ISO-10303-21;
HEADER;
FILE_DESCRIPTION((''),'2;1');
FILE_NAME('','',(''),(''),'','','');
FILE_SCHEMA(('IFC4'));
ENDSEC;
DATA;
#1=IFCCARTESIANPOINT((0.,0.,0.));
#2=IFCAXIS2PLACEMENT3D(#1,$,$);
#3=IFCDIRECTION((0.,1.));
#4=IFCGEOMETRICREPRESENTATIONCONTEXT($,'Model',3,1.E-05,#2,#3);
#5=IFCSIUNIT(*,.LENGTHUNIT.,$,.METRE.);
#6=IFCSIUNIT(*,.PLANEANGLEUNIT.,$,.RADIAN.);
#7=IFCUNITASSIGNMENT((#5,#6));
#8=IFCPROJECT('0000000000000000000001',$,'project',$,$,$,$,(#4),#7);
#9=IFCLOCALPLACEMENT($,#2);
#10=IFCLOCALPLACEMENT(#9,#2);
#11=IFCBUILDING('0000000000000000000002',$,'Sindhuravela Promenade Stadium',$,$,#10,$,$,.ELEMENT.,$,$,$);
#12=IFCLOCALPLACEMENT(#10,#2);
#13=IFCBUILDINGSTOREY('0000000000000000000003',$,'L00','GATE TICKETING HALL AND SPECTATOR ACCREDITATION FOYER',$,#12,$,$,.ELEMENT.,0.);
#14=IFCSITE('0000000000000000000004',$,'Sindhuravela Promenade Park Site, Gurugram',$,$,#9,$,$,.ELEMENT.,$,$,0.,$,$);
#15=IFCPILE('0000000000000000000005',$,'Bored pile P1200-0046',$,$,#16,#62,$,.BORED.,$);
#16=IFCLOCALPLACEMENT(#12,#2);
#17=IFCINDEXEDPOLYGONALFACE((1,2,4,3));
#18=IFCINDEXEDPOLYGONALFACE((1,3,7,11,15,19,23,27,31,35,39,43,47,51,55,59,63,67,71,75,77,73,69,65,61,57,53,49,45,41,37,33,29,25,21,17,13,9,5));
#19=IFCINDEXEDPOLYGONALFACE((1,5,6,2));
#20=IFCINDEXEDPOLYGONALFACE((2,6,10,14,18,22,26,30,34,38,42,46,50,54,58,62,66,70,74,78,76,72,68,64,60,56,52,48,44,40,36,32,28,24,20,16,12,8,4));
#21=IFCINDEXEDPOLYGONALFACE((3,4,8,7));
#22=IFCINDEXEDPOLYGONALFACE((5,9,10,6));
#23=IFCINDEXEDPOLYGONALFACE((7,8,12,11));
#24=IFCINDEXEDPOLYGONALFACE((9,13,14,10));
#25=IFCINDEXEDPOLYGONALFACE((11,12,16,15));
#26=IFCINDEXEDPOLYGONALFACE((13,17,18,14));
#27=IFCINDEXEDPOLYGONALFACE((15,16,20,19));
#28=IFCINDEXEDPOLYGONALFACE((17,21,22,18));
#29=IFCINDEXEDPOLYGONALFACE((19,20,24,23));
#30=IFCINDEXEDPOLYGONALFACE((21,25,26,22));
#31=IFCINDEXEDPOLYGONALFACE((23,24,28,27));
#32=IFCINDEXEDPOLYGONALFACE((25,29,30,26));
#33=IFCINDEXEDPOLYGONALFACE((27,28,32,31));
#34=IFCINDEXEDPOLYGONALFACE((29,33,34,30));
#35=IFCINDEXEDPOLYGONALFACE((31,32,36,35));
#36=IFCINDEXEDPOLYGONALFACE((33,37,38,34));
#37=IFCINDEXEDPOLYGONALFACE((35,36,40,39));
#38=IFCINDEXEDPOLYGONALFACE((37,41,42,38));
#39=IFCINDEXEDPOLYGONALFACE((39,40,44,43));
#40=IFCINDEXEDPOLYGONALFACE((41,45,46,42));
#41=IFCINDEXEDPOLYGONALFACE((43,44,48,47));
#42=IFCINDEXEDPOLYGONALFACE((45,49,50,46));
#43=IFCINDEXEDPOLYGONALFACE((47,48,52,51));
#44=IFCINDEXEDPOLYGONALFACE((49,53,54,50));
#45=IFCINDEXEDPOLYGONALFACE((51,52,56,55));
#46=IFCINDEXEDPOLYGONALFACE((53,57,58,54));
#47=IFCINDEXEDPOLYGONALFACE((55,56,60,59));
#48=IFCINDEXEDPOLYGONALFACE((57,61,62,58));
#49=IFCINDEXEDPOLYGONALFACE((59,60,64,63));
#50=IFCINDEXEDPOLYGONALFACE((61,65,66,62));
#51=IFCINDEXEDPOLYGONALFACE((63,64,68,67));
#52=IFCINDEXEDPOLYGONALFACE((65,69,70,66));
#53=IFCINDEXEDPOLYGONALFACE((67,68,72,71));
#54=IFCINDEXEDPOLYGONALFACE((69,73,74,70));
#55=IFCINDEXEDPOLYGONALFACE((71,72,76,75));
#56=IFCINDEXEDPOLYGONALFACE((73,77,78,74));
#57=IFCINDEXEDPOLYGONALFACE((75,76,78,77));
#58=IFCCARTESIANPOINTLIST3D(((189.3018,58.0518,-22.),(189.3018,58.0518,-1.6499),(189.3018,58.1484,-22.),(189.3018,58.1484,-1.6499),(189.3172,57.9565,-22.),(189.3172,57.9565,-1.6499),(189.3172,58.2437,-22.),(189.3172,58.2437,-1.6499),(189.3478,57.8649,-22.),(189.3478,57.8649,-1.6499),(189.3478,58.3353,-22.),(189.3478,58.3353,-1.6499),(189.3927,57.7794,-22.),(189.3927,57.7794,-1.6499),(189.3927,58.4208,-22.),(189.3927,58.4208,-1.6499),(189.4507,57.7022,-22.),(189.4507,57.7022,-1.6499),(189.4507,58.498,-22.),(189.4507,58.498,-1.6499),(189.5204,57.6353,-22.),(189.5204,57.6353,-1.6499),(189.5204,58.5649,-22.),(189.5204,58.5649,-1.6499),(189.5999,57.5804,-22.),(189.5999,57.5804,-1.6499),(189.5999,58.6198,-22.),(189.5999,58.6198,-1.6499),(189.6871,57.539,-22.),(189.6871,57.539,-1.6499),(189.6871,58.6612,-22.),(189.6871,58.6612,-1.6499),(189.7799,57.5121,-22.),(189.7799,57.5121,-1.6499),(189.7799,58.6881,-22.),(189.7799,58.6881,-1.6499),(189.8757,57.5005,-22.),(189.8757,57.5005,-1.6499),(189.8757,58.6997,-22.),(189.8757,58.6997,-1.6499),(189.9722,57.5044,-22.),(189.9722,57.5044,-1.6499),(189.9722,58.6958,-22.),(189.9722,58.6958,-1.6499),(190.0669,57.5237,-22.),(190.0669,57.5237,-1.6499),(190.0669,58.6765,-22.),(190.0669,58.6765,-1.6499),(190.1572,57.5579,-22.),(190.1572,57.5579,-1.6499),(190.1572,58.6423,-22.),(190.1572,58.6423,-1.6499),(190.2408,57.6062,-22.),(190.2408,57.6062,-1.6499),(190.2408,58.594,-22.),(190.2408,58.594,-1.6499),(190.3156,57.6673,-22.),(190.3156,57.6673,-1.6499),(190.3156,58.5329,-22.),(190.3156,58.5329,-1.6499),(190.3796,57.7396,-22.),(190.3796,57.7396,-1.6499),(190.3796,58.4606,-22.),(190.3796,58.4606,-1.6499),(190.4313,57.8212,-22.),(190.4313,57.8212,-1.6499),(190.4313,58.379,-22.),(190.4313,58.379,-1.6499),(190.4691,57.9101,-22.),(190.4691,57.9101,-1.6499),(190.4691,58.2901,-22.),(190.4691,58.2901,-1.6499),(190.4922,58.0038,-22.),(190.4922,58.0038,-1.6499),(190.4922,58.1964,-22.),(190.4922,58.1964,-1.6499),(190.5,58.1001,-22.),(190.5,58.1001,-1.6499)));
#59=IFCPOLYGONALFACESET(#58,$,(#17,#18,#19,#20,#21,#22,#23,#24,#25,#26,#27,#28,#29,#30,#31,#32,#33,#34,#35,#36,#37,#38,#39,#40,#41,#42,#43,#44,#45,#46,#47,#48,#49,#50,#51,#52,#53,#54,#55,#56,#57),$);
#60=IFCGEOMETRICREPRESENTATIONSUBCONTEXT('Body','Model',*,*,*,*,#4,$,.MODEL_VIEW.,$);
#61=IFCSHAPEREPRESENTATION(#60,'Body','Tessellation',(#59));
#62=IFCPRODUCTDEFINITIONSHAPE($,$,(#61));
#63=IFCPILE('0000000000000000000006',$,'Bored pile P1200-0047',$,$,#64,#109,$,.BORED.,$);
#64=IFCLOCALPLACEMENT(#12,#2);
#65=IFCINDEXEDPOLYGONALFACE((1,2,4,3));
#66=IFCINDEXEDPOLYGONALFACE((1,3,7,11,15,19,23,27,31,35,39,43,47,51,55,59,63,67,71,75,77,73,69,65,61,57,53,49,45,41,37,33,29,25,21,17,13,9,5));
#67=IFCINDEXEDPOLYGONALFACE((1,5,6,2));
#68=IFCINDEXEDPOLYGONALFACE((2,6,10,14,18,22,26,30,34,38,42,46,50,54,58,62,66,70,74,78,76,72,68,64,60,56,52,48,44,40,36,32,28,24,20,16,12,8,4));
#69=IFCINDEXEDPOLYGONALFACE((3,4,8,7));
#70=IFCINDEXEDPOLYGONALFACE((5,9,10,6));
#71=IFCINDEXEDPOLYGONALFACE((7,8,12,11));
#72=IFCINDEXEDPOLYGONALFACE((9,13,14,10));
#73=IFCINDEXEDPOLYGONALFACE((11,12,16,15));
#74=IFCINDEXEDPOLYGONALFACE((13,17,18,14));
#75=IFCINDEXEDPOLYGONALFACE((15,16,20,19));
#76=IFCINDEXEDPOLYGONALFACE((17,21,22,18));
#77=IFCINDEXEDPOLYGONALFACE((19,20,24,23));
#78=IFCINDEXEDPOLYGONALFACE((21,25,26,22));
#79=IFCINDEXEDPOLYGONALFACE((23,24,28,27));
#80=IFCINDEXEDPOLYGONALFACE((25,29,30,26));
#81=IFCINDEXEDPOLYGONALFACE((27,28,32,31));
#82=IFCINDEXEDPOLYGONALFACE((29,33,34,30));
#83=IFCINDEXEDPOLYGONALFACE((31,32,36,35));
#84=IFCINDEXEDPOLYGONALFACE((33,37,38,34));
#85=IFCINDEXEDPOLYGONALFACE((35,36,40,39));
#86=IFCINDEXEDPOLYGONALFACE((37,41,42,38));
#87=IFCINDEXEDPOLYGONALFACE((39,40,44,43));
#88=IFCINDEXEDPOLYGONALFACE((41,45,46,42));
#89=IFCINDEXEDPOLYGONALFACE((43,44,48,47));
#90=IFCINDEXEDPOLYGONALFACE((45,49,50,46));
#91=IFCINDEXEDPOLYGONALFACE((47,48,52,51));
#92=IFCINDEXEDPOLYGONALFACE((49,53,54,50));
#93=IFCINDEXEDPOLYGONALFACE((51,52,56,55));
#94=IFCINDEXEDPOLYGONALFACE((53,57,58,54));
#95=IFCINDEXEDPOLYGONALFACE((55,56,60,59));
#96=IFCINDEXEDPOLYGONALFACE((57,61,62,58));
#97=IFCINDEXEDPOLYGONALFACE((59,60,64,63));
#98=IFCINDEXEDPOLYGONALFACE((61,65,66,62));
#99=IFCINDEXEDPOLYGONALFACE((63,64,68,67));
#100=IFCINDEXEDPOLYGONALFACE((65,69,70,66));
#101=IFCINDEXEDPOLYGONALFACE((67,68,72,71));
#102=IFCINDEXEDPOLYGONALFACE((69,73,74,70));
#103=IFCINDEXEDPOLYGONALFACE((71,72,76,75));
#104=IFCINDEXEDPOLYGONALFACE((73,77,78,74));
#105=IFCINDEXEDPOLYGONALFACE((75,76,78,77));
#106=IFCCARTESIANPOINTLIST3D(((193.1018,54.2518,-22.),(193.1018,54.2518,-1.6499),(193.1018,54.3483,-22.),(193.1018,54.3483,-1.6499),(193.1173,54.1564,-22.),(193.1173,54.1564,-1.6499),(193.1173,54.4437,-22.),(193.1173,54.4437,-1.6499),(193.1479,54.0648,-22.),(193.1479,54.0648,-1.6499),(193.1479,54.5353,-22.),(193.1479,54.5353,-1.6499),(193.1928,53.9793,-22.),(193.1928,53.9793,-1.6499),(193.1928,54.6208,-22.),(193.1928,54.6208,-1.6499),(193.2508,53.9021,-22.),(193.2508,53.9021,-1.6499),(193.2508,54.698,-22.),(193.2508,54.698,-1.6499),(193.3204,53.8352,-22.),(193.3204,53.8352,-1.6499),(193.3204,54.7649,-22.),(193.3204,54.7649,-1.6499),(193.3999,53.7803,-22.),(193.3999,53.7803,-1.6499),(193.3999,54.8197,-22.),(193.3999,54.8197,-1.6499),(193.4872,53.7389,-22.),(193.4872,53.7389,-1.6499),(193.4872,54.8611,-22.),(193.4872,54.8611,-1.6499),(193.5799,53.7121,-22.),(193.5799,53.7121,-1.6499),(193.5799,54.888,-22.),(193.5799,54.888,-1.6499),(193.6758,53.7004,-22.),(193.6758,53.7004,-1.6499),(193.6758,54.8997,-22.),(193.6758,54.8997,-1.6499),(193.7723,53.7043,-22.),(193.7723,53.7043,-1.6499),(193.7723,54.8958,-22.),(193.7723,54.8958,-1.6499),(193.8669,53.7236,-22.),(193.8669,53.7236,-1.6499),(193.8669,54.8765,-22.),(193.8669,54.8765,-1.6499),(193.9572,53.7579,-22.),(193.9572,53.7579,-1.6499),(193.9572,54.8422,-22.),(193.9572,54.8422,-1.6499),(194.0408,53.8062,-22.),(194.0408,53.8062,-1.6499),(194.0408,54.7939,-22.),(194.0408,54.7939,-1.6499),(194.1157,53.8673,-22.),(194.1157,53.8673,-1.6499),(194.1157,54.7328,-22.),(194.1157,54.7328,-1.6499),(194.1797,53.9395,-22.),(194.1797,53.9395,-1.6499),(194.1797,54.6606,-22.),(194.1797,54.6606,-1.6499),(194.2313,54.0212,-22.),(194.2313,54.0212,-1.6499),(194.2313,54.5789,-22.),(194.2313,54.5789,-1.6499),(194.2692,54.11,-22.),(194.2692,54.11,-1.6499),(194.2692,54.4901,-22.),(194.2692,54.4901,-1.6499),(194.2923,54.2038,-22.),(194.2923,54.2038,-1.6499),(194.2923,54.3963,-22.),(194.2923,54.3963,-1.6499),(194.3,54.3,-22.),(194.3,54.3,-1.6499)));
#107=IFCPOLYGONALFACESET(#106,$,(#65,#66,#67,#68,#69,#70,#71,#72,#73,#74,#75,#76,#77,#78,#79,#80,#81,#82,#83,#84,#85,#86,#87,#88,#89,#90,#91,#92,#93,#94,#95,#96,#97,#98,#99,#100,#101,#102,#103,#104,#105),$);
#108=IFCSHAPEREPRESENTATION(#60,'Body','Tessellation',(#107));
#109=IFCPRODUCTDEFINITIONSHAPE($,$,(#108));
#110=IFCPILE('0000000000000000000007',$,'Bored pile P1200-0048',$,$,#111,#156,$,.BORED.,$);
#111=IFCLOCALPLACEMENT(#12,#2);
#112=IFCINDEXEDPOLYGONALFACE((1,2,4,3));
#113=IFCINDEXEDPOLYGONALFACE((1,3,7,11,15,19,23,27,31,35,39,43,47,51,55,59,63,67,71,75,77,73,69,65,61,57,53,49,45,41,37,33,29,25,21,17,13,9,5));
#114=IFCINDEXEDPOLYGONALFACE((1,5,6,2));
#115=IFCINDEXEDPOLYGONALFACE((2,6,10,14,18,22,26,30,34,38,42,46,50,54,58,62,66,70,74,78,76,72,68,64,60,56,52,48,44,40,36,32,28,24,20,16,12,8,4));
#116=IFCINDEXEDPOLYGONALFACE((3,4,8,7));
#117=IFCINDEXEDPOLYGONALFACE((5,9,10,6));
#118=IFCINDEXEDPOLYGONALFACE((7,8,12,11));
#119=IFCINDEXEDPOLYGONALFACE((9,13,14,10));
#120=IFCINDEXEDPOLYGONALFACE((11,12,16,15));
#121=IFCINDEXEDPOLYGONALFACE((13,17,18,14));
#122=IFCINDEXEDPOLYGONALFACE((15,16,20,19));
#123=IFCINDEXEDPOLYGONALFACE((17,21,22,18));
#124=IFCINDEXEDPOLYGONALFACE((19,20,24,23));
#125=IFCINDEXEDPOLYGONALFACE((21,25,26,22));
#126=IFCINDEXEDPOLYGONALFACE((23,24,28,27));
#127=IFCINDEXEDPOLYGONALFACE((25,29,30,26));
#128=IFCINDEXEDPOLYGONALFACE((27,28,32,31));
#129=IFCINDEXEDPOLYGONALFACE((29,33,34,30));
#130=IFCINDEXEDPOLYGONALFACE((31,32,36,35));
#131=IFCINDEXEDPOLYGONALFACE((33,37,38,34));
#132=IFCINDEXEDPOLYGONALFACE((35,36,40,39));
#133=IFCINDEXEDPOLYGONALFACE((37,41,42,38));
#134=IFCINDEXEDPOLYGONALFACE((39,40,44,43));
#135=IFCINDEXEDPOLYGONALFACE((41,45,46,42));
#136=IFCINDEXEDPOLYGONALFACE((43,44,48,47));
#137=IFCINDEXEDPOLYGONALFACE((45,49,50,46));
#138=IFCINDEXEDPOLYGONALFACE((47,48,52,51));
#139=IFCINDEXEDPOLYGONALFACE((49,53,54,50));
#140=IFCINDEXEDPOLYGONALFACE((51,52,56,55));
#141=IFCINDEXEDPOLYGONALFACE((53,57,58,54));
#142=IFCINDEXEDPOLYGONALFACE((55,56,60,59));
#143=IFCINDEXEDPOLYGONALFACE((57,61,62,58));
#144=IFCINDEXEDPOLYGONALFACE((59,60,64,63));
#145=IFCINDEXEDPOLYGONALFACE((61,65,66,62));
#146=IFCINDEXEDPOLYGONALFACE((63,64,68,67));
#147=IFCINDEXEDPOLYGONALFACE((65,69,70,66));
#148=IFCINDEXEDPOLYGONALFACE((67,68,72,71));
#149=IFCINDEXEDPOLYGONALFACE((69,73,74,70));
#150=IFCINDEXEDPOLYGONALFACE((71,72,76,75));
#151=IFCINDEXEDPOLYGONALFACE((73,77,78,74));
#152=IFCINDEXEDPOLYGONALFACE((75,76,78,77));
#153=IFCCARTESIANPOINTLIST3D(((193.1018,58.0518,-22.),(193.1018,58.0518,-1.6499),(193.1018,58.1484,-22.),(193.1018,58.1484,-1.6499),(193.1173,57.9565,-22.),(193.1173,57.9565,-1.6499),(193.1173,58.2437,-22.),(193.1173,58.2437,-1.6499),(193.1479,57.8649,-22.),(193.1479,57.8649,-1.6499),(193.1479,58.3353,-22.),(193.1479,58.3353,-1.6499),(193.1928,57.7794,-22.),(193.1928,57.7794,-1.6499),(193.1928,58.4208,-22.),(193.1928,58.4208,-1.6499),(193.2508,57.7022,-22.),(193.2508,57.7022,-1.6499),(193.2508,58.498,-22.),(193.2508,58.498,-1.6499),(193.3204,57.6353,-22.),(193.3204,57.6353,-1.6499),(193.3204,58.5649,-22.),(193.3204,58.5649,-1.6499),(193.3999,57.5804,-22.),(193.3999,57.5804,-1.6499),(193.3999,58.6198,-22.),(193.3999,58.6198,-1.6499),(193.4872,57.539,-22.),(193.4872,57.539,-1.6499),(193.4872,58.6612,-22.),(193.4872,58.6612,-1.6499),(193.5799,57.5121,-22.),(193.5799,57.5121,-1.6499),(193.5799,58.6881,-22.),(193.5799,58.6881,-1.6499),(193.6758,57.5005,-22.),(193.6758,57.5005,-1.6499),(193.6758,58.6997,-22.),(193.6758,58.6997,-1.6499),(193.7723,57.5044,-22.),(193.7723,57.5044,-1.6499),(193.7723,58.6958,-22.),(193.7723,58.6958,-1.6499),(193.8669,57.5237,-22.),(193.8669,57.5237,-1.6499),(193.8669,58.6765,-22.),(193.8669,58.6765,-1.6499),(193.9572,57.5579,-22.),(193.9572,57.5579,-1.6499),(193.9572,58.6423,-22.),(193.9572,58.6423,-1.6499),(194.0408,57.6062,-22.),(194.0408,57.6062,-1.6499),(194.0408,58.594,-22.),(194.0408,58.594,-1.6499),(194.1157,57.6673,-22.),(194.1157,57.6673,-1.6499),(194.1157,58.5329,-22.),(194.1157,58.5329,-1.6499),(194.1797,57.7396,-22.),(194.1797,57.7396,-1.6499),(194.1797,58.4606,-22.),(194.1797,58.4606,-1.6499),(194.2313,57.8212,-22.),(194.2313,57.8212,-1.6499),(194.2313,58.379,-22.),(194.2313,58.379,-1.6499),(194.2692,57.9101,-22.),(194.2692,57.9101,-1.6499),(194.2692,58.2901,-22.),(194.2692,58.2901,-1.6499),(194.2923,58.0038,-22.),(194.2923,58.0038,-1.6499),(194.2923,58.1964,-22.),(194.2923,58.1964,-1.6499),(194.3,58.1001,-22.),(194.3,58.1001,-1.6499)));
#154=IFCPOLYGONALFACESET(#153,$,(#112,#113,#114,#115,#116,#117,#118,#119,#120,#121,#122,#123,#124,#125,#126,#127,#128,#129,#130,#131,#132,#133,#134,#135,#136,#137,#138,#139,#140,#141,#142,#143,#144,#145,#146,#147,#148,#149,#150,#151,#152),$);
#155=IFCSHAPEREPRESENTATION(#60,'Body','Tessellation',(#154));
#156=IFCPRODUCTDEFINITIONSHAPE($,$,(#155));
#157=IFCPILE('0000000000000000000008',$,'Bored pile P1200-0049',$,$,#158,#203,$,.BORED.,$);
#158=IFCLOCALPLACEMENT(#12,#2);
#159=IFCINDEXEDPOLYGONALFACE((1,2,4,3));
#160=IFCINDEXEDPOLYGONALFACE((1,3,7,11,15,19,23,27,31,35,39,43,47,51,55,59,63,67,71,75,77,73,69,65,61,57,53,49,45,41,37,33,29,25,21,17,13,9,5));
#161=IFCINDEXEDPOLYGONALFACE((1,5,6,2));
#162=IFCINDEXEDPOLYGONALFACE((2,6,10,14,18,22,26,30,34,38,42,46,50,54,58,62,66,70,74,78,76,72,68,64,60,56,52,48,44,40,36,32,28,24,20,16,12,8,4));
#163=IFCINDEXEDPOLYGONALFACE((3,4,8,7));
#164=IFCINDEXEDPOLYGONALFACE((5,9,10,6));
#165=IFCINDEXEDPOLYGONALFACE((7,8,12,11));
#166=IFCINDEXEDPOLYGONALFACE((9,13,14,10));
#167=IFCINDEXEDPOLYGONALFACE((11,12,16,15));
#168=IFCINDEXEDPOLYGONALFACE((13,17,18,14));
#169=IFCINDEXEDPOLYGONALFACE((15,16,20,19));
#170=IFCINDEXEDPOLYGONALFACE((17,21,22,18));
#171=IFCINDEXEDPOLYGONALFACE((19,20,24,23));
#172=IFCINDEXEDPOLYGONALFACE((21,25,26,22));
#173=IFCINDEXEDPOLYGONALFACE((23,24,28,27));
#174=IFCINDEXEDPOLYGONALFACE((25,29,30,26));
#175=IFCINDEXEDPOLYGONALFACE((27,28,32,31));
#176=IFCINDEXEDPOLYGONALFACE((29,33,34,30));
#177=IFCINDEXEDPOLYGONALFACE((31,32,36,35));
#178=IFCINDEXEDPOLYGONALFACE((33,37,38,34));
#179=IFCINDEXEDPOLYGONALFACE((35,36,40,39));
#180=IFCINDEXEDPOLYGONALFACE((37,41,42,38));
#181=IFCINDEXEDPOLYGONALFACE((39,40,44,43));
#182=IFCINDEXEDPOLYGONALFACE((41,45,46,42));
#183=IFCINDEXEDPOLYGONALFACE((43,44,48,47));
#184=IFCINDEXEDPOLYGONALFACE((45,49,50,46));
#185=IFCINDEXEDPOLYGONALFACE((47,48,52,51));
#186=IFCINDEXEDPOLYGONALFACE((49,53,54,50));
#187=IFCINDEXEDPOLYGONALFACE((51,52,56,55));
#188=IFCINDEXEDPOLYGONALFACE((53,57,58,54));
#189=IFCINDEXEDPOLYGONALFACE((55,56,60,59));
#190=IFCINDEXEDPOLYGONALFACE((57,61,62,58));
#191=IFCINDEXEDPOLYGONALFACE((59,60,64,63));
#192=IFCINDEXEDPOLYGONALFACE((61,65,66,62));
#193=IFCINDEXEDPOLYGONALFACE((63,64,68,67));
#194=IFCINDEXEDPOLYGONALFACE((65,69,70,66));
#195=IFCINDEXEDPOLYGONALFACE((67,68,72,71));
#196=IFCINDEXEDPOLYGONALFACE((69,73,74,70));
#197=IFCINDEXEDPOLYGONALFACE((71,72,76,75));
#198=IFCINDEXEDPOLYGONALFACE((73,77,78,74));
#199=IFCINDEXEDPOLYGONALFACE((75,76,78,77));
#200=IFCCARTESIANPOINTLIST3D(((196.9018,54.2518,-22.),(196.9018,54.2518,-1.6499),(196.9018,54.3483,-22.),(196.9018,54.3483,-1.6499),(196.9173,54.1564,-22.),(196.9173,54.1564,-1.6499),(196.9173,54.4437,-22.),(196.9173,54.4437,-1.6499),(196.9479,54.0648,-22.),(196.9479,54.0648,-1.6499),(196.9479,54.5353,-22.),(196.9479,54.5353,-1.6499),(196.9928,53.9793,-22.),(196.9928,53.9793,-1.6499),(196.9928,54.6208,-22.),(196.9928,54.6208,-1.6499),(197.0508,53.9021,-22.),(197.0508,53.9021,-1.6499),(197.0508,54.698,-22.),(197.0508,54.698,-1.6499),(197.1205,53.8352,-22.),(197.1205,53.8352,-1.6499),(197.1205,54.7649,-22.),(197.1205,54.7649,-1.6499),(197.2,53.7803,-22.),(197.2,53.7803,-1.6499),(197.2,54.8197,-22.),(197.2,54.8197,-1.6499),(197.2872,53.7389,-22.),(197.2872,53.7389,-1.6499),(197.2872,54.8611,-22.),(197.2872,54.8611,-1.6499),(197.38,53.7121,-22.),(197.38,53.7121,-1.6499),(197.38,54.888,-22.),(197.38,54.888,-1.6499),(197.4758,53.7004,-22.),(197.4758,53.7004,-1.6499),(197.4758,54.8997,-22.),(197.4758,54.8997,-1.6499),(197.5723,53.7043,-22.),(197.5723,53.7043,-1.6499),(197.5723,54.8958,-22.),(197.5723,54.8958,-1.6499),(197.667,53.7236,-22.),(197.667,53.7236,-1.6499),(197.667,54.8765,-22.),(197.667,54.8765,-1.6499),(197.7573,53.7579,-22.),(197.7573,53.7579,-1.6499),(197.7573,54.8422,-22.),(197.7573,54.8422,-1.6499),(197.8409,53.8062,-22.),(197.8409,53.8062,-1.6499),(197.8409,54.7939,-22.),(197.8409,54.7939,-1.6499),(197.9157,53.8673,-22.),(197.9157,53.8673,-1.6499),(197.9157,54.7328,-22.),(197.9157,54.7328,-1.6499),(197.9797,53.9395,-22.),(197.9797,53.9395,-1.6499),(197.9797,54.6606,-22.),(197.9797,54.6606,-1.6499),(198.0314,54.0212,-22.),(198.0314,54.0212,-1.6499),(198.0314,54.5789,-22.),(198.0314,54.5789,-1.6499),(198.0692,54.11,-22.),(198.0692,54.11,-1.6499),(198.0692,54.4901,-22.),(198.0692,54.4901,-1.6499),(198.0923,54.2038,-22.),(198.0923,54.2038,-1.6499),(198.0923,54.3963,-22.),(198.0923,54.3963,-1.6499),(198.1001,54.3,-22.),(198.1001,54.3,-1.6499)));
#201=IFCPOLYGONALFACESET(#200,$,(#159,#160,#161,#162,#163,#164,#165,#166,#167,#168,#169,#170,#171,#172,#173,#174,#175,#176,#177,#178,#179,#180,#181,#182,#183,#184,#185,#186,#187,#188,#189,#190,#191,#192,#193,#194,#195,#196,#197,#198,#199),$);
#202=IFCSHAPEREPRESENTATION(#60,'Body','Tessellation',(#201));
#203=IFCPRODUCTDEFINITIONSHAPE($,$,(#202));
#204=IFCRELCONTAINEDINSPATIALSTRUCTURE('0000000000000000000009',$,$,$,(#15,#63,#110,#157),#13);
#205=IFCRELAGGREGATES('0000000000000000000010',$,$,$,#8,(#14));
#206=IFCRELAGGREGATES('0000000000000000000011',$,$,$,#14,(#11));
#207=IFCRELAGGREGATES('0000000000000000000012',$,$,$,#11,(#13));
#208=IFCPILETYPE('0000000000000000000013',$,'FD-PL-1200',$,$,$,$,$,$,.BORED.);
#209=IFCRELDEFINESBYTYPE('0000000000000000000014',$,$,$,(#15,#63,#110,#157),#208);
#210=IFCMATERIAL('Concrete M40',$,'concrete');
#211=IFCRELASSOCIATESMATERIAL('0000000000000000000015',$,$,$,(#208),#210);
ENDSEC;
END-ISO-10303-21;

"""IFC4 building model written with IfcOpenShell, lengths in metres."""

from ifc_helpers import new_model, si_unit, direction, frame, origin, origin_2d, place, context, subcontext, project, spatial, circle, extrude, material, material_profile, profile_set, type_object, element, save


model = new_model("IFC4")

# Units and contexts
model_context = context("Model", 3, precision=1e-05, world=origin(), true_north=direction((0.0, 1.0)))
body_context = subcontext(model_context, "Body", "Model", "MODEL_VIEW")
ifc_project = project(units=[si_unit("LENGTHUNIT", "METRE"), si_unit("PLANEANGLEUNIT", "RADIAN")], contexts=[model_context])

# Site, building, storey
site_placement = place(None, origin())
site = spatial("IfcSite", under=ifc_project, at=site_placement, Name="Sindhuravela Promenade Park Site, Gurugram", CompositionType="ELEMENT", RefElevation=0.0)
building_placement = place(site_placement, origin())
building = spatial("IfcBuilding", under=site, at=building_placement, Name="Sindhuravela Promenade Stadium", CompositionType="ELEMENT")
storey_placement = place(building_placement, origin())
storey = spatial("IfcBuildingStorey", under=building, at=storey_placement, Name="L00", Description="GATE TICKETING HALL AND SPECTATOR ACCREDITATION FOYER", CompositionType="ELEMENT", Elevation=0.0)

# Shared definitions
ifc_material_1 = material(Name="Concrete M40", Category="concrete")

# Piles
ifc_material_profile_1 = material_profile(ifc_material_1, circle(Radius=0.6001, at=origin_2d()), Name="BORED PILE D1200")
ifc_profile_set_1 = profile_set([ifc_material_profile_1], Name="Concrete M40")
pile_type_1 = type_object("IfcPileType", Name="FD-PL-1200", PredefinedType="BORED", material=ifc_profile_set_1)
for number, where, z_axis, x_axis, name in (
    (1, (189.8999, 58.1001, -1.6499), (0.0, 0.0, -1.0), (1.0, 0.0, 0.0), "Bored pile P1200-0046"),
    (2, (193.7, 54.3, -1.6499), (0.0, 0.0, -1.0), (1.0, 0.0, 0.0), "Bored pile P1200-0047"),
    (3, (193.7, 58.1001, -1.6499), (0.0, 0.0, -1.0), (1.0, 0.0, 0.0), "Bored pile P1200-0048"),
    (4, (197.5, 54.3, -1.6499), (0.0, 0.0, -1.0), (1.0, 0.0, 0.0), "Bored pile P1200-0049"),
):
    element("IfcPile", number, at=place(storey_placement, frame(where, z_axis=z_axis, x_axis=x_axis)), inside=storey, type_object=pile_type_1, Name=name, PredefinedType="BORED", context=body_context, shape_type="SweptSolid", body=[
        extrude(circle(Radius=0.6001, at=origin_2d()), origin(), (0.0, 0.0, 1.0), 20.3501),
    ])

save(model, "model.ifc")
